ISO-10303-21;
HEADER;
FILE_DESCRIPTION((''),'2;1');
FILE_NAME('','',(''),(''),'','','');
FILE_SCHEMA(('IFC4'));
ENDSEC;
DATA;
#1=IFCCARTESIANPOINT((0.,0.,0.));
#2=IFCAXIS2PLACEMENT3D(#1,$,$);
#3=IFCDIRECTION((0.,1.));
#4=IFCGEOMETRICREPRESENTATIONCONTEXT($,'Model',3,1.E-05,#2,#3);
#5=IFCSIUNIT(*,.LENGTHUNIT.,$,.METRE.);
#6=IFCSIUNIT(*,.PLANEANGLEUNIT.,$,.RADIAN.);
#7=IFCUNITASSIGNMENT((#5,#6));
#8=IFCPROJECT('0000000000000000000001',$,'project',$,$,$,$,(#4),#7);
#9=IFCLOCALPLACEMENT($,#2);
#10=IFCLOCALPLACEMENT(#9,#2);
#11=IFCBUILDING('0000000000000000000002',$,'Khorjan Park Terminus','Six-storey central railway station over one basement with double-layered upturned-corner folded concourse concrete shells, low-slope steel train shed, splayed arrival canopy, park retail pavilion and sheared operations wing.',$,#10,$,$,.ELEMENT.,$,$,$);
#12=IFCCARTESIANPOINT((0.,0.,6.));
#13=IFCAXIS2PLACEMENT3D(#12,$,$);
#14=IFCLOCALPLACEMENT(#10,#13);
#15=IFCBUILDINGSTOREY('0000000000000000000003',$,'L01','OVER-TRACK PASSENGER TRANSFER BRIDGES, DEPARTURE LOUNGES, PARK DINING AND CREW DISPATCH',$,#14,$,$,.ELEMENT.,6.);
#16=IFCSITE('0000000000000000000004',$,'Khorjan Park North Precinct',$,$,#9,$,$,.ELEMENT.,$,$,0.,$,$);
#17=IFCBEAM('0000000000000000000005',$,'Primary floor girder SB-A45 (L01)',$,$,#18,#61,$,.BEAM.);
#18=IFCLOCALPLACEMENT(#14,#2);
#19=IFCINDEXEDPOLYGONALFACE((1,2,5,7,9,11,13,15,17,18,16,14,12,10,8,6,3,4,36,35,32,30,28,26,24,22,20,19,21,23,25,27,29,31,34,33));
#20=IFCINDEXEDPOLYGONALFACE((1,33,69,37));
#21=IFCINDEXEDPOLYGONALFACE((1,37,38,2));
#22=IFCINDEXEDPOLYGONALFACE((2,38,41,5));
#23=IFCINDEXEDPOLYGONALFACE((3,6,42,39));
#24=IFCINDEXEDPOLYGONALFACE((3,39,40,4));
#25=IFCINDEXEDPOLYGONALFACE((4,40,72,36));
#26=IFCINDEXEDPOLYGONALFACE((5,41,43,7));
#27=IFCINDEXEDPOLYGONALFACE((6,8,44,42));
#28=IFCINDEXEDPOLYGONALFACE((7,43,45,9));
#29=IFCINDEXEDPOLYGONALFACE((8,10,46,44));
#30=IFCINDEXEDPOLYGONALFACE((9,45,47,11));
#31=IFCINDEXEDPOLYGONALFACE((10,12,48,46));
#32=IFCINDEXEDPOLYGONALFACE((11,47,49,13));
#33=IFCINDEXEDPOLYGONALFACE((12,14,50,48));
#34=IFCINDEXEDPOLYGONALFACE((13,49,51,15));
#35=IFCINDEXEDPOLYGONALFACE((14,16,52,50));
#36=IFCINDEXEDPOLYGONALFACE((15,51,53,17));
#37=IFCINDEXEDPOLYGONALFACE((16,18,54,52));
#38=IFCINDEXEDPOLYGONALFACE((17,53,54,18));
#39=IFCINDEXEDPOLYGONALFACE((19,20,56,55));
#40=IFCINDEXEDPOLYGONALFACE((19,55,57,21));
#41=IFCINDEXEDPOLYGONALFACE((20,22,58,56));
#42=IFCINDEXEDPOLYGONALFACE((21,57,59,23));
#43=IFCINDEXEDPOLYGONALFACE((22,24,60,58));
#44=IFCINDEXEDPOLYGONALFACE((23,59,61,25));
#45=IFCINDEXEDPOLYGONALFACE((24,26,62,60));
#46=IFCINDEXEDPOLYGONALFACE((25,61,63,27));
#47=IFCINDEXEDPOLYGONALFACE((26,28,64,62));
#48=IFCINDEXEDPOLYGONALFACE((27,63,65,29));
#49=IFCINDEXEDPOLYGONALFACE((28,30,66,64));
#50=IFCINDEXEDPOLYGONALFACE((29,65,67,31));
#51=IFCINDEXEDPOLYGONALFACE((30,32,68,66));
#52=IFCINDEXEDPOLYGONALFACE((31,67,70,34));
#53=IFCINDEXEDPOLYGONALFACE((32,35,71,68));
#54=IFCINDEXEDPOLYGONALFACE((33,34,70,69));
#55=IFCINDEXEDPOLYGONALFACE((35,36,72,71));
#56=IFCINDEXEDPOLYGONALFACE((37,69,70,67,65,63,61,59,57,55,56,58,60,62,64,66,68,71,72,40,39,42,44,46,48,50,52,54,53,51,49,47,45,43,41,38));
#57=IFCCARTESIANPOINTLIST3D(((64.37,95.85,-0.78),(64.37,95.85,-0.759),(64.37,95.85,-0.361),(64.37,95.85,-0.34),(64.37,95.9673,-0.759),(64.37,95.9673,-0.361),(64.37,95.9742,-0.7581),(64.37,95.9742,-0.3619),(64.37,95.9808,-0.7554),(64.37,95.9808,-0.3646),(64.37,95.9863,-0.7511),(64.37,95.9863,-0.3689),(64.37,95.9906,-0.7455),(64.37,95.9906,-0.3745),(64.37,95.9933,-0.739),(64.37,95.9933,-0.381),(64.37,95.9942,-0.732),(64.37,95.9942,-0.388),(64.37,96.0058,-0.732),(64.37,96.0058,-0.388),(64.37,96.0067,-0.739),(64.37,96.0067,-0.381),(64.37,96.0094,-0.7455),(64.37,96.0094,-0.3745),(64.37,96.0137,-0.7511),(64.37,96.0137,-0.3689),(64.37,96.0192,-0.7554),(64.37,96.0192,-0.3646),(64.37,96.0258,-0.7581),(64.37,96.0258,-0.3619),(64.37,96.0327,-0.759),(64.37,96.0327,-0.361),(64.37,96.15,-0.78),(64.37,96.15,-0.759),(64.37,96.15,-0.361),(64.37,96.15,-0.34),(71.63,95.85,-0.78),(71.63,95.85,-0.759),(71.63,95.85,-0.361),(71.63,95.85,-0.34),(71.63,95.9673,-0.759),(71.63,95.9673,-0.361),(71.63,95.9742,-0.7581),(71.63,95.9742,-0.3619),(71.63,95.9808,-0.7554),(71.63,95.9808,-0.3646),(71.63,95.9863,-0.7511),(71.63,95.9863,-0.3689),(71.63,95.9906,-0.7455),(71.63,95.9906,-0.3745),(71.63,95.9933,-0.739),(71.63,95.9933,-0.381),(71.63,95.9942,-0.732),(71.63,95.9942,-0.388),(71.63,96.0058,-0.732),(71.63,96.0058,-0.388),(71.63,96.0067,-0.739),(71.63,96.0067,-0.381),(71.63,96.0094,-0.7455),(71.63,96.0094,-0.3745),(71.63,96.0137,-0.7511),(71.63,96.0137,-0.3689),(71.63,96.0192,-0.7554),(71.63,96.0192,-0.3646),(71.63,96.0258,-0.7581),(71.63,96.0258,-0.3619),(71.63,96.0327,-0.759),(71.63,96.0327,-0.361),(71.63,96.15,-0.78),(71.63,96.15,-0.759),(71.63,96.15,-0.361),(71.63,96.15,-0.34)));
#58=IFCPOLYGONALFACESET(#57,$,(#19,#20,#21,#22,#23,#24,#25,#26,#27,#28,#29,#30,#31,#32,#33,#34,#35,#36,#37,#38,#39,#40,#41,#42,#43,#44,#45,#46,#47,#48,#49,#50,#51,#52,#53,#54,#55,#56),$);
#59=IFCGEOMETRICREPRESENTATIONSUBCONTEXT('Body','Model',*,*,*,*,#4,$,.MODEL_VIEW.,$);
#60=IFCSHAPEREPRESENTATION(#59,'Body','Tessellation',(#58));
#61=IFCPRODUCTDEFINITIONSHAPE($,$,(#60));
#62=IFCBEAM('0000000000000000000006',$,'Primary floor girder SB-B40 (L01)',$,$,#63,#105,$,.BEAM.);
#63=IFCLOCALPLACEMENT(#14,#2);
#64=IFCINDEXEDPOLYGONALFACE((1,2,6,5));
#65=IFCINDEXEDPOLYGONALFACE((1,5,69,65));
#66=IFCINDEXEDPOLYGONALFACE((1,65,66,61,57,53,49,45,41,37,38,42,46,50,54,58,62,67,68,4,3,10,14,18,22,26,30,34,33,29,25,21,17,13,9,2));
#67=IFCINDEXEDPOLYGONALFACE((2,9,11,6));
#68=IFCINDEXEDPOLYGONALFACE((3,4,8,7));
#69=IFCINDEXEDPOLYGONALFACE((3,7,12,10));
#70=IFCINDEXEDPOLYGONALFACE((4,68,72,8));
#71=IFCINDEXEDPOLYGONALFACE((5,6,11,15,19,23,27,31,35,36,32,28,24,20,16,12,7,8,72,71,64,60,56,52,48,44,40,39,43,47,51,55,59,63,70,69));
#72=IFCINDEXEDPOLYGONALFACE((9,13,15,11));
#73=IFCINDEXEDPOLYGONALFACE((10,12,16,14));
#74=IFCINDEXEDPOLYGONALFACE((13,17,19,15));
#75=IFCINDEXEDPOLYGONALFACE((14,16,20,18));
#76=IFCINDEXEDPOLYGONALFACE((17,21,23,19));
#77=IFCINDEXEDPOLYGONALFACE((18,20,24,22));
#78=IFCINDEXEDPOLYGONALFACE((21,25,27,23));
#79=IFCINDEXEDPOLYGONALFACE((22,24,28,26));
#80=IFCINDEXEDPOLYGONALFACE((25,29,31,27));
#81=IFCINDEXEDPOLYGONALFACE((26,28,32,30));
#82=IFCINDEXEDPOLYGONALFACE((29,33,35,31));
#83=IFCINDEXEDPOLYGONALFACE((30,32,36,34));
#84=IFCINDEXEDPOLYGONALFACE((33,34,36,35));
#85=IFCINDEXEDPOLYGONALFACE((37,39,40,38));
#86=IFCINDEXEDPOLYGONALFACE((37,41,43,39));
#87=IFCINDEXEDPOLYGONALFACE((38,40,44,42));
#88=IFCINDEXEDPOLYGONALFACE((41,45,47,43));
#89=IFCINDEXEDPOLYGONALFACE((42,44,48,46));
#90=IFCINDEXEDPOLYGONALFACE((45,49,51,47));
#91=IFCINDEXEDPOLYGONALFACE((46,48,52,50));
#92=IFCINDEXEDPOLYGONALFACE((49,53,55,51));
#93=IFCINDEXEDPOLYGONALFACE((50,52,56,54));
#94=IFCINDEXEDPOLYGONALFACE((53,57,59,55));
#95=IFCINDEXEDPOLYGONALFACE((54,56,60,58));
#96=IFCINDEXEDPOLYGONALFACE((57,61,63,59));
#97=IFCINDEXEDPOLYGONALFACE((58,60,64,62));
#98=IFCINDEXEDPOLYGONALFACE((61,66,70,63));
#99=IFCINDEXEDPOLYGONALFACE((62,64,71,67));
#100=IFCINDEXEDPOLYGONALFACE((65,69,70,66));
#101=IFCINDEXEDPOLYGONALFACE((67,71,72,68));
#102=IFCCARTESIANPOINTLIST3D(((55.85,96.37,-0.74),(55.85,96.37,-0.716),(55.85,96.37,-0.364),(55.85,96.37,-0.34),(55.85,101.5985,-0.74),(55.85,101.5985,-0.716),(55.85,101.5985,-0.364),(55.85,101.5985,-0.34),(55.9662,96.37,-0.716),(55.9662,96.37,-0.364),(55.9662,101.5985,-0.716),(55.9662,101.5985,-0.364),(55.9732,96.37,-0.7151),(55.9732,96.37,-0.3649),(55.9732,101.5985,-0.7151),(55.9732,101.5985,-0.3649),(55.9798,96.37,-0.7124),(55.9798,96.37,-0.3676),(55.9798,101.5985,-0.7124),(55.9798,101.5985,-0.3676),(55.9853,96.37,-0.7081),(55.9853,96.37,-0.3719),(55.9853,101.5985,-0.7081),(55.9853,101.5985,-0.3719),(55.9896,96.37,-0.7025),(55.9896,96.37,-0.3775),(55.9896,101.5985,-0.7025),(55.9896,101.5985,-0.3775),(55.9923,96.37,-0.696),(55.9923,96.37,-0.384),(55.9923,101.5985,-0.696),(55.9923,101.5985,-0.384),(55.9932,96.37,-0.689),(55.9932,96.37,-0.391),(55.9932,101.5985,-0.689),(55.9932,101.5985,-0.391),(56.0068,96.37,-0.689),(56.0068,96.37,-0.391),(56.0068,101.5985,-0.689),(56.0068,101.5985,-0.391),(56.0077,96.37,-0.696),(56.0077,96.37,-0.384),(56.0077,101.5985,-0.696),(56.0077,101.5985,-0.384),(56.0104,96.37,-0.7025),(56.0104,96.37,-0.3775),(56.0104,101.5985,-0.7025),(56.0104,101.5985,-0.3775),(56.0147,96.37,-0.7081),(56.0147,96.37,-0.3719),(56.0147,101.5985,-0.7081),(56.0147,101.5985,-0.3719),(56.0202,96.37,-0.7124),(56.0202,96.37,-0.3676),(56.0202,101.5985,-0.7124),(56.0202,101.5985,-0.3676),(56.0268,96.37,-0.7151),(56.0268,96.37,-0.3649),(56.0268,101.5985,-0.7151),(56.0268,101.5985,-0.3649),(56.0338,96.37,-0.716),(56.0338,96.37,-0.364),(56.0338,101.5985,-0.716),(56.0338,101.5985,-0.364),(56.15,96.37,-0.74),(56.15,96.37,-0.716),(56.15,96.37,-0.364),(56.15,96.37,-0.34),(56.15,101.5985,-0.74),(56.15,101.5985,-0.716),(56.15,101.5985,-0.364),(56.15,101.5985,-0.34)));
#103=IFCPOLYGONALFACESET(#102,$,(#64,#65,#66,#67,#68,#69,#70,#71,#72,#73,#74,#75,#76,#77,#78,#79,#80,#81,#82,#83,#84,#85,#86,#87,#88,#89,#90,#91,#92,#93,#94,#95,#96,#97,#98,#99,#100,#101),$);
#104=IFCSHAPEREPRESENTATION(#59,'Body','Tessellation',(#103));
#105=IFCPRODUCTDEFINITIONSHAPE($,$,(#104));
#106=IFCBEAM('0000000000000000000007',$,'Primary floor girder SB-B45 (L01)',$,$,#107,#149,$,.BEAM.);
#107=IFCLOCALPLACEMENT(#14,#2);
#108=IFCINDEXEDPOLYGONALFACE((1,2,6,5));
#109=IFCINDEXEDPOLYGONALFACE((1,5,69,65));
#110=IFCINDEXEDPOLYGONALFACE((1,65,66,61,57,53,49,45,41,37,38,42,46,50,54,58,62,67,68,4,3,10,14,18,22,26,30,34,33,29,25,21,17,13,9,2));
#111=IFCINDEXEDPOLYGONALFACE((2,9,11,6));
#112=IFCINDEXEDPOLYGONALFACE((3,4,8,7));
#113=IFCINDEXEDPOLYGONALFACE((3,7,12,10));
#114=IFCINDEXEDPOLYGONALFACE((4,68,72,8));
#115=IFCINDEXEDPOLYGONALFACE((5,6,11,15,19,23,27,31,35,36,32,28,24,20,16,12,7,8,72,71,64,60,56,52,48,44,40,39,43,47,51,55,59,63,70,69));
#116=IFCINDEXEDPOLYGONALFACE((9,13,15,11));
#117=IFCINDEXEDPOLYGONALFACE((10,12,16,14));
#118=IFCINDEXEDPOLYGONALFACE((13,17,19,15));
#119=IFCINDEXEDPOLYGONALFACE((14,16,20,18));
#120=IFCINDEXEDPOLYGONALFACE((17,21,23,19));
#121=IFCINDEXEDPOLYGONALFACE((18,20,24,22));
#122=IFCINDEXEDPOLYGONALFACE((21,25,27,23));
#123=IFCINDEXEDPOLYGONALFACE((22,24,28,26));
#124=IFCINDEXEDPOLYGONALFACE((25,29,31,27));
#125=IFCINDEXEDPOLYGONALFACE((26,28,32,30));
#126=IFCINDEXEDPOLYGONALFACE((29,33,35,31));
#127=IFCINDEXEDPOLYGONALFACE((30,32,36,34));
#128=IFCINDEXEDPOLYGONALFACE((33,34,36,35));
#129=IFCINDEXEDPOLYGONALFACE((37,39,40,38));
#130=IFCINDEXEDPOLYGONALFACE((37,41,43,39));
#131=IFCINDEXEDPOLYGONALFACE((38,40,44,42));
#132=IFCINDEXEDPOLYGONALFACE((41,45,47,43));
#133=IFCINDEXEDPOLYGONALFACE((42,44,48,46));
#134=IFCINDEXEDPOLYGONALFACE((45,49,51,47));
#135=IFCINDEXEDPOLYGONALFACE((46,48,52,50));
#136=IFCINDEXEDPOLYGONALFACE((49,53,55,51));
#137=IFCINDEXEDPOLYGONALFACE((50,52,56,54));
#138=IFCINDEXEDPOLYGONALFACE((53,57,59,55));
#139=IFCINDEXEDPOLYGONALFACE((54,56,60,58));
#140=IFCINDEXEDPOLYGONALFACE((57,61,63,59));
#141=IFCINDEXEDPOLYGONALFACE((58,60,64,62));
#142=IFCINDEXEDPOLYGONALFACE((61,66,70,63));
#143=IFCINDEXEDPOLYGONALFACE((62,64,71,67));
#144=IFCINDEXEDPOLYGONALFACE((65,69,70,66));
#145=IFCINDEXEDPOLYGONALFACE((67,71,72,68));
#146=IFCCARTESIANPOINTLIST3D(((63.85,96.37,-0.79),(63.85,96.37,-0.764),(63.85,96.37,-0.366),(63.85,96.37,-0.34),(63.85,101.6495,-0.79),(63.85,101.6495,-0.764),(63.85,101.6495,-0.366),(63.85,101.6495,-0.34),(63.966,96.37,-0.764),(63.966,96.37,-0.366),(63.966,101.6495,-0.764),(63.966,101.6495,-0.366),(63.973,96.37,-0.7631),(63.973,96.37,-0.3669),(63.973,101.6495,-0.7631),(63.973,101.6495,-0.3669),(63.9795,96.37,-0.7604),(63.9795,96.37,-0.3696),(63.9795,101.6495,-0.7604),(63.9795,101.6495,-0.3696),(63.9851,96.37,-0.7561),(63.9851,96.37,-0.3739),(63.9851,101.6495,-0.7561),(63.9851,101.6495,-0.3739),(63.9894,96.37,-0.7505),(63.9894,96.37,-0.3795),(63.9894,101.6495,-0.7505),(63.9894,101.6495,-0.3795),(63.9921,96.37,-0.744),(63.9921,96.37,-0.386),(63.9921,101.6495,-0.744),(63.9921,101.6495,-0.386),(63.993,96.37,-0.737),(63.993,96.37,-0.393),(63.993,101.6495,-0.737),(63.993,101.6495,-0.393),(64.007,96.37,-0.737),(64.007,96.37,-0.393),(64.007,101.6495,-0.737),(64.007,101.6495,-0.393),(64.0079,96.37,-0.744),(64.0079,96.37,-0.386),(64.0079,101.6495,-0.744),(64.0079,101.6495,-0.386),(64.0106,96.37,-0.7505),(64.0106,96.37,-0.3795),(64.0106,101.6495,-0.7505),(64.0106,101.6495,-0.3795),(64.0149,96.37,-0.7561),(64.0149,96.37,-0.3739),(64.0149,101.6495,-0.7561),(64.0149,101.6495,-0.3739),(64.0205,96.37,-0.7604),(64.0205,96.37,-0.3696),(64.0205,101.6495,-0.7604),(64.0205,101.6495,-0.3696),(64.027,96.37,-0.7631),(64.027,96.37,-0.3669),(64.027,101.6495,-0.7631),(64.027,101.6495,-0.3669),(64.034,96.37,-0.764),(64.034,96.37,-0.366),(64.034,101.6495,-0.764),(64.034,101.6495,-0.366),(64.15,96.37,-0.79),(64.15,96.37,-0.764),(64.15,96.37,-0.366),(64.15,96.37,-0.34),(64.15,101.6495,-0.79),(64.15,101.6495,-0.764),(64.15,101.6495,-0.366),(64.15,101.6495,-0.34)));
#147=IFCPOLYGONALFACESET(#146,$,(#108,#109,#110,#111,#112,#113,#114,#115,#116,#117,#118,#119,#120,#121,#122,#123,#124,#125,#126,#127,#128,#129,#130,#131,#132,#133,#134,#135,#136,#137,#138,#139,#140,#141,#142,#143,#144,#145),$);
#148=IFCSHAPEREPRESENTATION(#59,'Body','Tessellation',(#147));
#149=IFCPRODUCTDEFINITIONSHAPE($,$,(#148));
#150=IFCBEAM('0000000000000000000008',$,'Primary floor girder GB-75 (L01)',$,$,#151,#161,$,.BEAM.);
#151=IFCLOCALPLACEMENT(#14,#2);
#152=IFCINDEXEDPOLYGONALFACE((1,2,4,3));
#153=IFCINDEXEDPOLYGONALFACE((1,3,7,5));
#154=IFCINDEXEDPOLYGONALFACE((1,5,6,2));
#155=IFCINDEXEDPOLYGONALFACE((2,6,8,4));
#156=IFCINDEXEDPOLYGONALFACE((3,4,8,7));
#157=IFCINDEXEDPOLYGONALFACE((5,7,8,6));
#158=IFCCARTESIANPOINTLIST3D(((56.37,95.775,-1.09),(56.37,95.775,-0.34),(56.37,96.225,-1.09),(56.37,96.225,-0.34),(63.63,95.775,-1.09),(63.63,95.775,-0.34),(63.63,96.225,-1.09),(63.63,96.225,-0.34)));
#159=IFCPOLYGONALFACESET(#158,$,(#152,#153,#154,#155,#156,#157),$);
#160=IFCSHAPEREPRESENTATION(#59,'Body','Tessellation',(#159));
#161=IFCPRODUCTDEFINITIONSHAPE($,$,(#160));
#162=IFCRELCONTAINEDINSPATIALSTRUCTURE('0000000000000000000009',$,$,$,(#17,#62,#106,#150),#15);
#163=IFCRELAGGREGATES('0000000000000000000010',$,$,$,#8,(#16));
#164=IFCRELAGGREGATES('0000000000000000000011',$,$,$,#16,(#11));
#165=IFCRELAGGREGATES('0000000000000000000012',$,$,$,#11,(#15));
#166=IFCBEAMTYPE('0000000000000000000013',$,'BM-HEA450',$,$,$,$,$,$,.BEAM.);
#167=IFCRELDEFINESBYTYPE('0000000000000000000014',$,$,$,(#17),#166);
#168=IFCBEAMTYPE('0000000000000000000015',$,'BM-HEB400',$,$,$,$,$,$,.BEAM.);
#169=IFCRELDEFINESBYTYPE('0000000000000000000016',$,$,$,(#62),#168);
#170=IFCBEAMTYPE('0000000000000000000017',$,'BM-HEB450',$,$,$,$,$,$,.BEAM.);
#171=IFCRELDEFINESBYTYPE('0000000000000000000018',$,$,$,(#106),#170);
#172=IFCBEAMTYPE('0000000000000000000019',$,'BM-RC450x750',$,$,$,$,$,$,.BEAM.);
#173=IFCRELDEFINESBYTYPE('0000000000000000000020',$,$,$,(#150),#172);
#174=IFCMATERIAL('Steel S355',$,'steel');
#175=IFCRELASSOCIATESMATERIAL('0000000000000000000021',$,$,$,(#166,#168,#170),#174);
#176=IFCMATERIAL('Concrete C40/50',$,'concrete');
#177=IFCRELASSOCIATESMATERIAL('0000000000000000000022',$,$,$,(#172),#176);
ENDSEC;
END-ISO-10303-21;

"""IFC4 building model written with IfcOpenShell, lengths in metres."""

from ifc_helpers import new_model, si_unit, direction, frame, origin, origin_2d, place, context, subcontext, project, spatial, rectangle, i_section, extrude, material, material_profile, profile_set, type_object, element, save


model = new_model("IFC4")

# Units and contexts
model_context = context("Model", 3, precision=1e-05, world=origin(), true_north=direction((0.0, 1.0)))
body_context = subcontext(model_context, "Body", "Model", "MODEL_VIEW")
ifc_project = project(units=[si_unit("LENGTHUNIT", "METRE"), si_unit("PLANEANGLEUNIT", "RADIAN")], contexts=[model_context])

# Site, building, storey
site_placement = place(None, origin())
site = spatial("IfcSite", under=ifc_project, at=site_placement, Name="Khorjan Park North Precinct", CompositionType="ELEMENT", RefElevation=0.0)
building_placement = place(site_placement, origin())
building = spatial("IfcBuilding", under=site, at=building_placement, Name="Khorjan Park Terminus", Description="Six-storey central railway station over one basement with double-layered upturned-corner folded concourse concrete shells, low-slope steel train shed, splayed arrival canopy, park retail pavilion and sheared operations wing.", CompositionType="ELEMENT")
storey_placement = place(building_placement, frame((0.0, 0.0, 6.0)))
storey = spatial("IfcBuildingStorey", under=building, at=storey_placement, Name="L01", Description="OVER-TRACK PASSENGER TRANSFER BRIDGES, DEPARTURE LOUNGES, PARK DINING AND CREW DISPATCH", CompositionType="ELEMENT", Elevation=6.0)

# Beams
ifc_material_1 = material(Name="Steel S355", Category="steel")
ifc_material_profile_1 = material_profile(ifc_material_1, i_section(OverallWidth=0.3, OverallDepth=0.44, WebThickness=0.0115, FlangeThickness=0.021, FilletRadius=0.027, at=origin_2d()), Name="HEA 450")
ifc_profile_set_1 = profile_set([ifc_material_profile_1], Name="Steel S355")
beam_type_1 = type_object("IfcBeamType", Name="BM-HEA450", PredefinedType="BEAM", material=ifc_profile_set_1)
beam_1_placement = place(storey_placement, frame((64.37, 96.0, -0.56), z_axis=(1.0, 0.0, 0.0), x_axis=(0.0, 1.0, 0.0)))
element("IfcBeam", 1, at=beam_1_placement, inside=storey, type_object=beam_type_1, Name="Primary floor girder SB-A45 (L01)", PredefinedType="BEAM", context=body_context, shape_type="SweptSolid", body=[
    extrude(i_section(OverallWidth=0.3, OverallDepth=0.44, WebThickness=0.0115, FlangeThickness=0.021, FilletRadius=0.027, at=origin_2d()), origin(), (0.0, 0.0, 1.0), 7.26),
])
ifc_material_profile_2 = material_profile(ifc_material_1, i_section(OverallWidth=0.3, OverallDepth=0.4, WebThickness=0.0135, FlangeThickness=0.024, FilletRadius=0.027, at=origin_2d()), Name="HEB 400")
ifc_profile_set_2 = profile_set([ifc_material_profile_2], Name="Steel S355")
beam_type_2 = type_object("IfcBeamType", Name="BM-HEB400", PredefinedType="BEAM", material=ifc_profile_set_2)
beam_2_placement = place(storey_placement, frame((56.0, 96.37, -0.54), z_axis=(0.0, 1.0, 0.0), x_axis=(-1.0, 0.0, 0.0)))
element("IfcBeam", 2, at=beam_2_placement, inside=storey, type_object=beam_type_2, Name="Primary floor girder SB-B40 (L01)", PredefinedType="BEAM", context=body_context, shape_type="SweptSolid", body=[
    extrude(i_section(OverallWidth=0.3, OverallDepth=0.4, WebThickness=0.0135, FlangeThickness=0.024, FilletRadius=0.027, at=origin_2d()), origin(), (0.0, 0.0, 1.0), 5.2285),
])
ifc_material_profile_3 = material_profile(ifc_material_1, i_section(OverallWidth=0.3, OverallDepth=0.45, WebThickness=0.014, FlangeThickness=0.026, FilletRadius=0.027, at=origin_2d()), Name="HEB 450")
ifc_profile_set_3 = profile_set([ifc_material_profile_3], Name="Steel S355")
beam_type_3 = type_object("IfcBeamType", Name="BM-HEB450", PredefinedType="BEAM", material=ifc_profile_set_3)
beam_3_placement = place(storey_placement, frame((64.0, 96.37, -0.565), z_axis=(0.0, 1.0, 0.0), x_axis=(-1.0, 0.0, 0.0)))
element("IfcBeam", 3, at=beam_3_placement, inside=storey, type_object=beam_type_3, Name="Primary floor girder SB-B45 (L01)", PredefinedType="BEAM", context=body_context, shape_type="SweptSolid", body=[
    extrude(i_section(OverallWidth=0.3, OverallDepth=0.45, WebThickness=0.014, FlangeThickness=0.026, FilletRadius=0.027, at=origin_2d()), origin(), (0.0, 0.0, 1.0), 5.2795),
])
ifc_material_2 = material(Name="Concrete C40/50", Category="concrete")
ifc_material_profile_4 = material_profile(ifc_material_2, rectangle(XDim=0.45, YDim=0.75, at=origin_2d()), Name="RC 450x750")
ifc_profile_set_4 = profile_set([ifc_material_profile_4], Name="Concrete C40/50")
beam_type_4 = type_object("IfcBeamType", Name="BM-RC450x750", PredefinedType="BEAM", material=ifc_profile_set_4)
beam_4_placement = place(storey_placement, frame((56.37, 96.0, -0.715), z_axis=(1.0, 0.0, 0.0), x_axis=(0.0, 1.0, 0.0)))
element("IfcBeam", 4, at=beam_4_placement, inside=storey, type_object=beam_type_4, Name="Primary floor girder GB-75 (L01)", PredefinedType="BEAM", context=body_context, shape_type="SweptSolid", body=[
    extrude(rectangle(XDim=0.45, YDim=0.75, at=origin_2d()), origin(), (0.0, 0.0, 1.0), 7.26),
])

save(model, "model.ifc")
